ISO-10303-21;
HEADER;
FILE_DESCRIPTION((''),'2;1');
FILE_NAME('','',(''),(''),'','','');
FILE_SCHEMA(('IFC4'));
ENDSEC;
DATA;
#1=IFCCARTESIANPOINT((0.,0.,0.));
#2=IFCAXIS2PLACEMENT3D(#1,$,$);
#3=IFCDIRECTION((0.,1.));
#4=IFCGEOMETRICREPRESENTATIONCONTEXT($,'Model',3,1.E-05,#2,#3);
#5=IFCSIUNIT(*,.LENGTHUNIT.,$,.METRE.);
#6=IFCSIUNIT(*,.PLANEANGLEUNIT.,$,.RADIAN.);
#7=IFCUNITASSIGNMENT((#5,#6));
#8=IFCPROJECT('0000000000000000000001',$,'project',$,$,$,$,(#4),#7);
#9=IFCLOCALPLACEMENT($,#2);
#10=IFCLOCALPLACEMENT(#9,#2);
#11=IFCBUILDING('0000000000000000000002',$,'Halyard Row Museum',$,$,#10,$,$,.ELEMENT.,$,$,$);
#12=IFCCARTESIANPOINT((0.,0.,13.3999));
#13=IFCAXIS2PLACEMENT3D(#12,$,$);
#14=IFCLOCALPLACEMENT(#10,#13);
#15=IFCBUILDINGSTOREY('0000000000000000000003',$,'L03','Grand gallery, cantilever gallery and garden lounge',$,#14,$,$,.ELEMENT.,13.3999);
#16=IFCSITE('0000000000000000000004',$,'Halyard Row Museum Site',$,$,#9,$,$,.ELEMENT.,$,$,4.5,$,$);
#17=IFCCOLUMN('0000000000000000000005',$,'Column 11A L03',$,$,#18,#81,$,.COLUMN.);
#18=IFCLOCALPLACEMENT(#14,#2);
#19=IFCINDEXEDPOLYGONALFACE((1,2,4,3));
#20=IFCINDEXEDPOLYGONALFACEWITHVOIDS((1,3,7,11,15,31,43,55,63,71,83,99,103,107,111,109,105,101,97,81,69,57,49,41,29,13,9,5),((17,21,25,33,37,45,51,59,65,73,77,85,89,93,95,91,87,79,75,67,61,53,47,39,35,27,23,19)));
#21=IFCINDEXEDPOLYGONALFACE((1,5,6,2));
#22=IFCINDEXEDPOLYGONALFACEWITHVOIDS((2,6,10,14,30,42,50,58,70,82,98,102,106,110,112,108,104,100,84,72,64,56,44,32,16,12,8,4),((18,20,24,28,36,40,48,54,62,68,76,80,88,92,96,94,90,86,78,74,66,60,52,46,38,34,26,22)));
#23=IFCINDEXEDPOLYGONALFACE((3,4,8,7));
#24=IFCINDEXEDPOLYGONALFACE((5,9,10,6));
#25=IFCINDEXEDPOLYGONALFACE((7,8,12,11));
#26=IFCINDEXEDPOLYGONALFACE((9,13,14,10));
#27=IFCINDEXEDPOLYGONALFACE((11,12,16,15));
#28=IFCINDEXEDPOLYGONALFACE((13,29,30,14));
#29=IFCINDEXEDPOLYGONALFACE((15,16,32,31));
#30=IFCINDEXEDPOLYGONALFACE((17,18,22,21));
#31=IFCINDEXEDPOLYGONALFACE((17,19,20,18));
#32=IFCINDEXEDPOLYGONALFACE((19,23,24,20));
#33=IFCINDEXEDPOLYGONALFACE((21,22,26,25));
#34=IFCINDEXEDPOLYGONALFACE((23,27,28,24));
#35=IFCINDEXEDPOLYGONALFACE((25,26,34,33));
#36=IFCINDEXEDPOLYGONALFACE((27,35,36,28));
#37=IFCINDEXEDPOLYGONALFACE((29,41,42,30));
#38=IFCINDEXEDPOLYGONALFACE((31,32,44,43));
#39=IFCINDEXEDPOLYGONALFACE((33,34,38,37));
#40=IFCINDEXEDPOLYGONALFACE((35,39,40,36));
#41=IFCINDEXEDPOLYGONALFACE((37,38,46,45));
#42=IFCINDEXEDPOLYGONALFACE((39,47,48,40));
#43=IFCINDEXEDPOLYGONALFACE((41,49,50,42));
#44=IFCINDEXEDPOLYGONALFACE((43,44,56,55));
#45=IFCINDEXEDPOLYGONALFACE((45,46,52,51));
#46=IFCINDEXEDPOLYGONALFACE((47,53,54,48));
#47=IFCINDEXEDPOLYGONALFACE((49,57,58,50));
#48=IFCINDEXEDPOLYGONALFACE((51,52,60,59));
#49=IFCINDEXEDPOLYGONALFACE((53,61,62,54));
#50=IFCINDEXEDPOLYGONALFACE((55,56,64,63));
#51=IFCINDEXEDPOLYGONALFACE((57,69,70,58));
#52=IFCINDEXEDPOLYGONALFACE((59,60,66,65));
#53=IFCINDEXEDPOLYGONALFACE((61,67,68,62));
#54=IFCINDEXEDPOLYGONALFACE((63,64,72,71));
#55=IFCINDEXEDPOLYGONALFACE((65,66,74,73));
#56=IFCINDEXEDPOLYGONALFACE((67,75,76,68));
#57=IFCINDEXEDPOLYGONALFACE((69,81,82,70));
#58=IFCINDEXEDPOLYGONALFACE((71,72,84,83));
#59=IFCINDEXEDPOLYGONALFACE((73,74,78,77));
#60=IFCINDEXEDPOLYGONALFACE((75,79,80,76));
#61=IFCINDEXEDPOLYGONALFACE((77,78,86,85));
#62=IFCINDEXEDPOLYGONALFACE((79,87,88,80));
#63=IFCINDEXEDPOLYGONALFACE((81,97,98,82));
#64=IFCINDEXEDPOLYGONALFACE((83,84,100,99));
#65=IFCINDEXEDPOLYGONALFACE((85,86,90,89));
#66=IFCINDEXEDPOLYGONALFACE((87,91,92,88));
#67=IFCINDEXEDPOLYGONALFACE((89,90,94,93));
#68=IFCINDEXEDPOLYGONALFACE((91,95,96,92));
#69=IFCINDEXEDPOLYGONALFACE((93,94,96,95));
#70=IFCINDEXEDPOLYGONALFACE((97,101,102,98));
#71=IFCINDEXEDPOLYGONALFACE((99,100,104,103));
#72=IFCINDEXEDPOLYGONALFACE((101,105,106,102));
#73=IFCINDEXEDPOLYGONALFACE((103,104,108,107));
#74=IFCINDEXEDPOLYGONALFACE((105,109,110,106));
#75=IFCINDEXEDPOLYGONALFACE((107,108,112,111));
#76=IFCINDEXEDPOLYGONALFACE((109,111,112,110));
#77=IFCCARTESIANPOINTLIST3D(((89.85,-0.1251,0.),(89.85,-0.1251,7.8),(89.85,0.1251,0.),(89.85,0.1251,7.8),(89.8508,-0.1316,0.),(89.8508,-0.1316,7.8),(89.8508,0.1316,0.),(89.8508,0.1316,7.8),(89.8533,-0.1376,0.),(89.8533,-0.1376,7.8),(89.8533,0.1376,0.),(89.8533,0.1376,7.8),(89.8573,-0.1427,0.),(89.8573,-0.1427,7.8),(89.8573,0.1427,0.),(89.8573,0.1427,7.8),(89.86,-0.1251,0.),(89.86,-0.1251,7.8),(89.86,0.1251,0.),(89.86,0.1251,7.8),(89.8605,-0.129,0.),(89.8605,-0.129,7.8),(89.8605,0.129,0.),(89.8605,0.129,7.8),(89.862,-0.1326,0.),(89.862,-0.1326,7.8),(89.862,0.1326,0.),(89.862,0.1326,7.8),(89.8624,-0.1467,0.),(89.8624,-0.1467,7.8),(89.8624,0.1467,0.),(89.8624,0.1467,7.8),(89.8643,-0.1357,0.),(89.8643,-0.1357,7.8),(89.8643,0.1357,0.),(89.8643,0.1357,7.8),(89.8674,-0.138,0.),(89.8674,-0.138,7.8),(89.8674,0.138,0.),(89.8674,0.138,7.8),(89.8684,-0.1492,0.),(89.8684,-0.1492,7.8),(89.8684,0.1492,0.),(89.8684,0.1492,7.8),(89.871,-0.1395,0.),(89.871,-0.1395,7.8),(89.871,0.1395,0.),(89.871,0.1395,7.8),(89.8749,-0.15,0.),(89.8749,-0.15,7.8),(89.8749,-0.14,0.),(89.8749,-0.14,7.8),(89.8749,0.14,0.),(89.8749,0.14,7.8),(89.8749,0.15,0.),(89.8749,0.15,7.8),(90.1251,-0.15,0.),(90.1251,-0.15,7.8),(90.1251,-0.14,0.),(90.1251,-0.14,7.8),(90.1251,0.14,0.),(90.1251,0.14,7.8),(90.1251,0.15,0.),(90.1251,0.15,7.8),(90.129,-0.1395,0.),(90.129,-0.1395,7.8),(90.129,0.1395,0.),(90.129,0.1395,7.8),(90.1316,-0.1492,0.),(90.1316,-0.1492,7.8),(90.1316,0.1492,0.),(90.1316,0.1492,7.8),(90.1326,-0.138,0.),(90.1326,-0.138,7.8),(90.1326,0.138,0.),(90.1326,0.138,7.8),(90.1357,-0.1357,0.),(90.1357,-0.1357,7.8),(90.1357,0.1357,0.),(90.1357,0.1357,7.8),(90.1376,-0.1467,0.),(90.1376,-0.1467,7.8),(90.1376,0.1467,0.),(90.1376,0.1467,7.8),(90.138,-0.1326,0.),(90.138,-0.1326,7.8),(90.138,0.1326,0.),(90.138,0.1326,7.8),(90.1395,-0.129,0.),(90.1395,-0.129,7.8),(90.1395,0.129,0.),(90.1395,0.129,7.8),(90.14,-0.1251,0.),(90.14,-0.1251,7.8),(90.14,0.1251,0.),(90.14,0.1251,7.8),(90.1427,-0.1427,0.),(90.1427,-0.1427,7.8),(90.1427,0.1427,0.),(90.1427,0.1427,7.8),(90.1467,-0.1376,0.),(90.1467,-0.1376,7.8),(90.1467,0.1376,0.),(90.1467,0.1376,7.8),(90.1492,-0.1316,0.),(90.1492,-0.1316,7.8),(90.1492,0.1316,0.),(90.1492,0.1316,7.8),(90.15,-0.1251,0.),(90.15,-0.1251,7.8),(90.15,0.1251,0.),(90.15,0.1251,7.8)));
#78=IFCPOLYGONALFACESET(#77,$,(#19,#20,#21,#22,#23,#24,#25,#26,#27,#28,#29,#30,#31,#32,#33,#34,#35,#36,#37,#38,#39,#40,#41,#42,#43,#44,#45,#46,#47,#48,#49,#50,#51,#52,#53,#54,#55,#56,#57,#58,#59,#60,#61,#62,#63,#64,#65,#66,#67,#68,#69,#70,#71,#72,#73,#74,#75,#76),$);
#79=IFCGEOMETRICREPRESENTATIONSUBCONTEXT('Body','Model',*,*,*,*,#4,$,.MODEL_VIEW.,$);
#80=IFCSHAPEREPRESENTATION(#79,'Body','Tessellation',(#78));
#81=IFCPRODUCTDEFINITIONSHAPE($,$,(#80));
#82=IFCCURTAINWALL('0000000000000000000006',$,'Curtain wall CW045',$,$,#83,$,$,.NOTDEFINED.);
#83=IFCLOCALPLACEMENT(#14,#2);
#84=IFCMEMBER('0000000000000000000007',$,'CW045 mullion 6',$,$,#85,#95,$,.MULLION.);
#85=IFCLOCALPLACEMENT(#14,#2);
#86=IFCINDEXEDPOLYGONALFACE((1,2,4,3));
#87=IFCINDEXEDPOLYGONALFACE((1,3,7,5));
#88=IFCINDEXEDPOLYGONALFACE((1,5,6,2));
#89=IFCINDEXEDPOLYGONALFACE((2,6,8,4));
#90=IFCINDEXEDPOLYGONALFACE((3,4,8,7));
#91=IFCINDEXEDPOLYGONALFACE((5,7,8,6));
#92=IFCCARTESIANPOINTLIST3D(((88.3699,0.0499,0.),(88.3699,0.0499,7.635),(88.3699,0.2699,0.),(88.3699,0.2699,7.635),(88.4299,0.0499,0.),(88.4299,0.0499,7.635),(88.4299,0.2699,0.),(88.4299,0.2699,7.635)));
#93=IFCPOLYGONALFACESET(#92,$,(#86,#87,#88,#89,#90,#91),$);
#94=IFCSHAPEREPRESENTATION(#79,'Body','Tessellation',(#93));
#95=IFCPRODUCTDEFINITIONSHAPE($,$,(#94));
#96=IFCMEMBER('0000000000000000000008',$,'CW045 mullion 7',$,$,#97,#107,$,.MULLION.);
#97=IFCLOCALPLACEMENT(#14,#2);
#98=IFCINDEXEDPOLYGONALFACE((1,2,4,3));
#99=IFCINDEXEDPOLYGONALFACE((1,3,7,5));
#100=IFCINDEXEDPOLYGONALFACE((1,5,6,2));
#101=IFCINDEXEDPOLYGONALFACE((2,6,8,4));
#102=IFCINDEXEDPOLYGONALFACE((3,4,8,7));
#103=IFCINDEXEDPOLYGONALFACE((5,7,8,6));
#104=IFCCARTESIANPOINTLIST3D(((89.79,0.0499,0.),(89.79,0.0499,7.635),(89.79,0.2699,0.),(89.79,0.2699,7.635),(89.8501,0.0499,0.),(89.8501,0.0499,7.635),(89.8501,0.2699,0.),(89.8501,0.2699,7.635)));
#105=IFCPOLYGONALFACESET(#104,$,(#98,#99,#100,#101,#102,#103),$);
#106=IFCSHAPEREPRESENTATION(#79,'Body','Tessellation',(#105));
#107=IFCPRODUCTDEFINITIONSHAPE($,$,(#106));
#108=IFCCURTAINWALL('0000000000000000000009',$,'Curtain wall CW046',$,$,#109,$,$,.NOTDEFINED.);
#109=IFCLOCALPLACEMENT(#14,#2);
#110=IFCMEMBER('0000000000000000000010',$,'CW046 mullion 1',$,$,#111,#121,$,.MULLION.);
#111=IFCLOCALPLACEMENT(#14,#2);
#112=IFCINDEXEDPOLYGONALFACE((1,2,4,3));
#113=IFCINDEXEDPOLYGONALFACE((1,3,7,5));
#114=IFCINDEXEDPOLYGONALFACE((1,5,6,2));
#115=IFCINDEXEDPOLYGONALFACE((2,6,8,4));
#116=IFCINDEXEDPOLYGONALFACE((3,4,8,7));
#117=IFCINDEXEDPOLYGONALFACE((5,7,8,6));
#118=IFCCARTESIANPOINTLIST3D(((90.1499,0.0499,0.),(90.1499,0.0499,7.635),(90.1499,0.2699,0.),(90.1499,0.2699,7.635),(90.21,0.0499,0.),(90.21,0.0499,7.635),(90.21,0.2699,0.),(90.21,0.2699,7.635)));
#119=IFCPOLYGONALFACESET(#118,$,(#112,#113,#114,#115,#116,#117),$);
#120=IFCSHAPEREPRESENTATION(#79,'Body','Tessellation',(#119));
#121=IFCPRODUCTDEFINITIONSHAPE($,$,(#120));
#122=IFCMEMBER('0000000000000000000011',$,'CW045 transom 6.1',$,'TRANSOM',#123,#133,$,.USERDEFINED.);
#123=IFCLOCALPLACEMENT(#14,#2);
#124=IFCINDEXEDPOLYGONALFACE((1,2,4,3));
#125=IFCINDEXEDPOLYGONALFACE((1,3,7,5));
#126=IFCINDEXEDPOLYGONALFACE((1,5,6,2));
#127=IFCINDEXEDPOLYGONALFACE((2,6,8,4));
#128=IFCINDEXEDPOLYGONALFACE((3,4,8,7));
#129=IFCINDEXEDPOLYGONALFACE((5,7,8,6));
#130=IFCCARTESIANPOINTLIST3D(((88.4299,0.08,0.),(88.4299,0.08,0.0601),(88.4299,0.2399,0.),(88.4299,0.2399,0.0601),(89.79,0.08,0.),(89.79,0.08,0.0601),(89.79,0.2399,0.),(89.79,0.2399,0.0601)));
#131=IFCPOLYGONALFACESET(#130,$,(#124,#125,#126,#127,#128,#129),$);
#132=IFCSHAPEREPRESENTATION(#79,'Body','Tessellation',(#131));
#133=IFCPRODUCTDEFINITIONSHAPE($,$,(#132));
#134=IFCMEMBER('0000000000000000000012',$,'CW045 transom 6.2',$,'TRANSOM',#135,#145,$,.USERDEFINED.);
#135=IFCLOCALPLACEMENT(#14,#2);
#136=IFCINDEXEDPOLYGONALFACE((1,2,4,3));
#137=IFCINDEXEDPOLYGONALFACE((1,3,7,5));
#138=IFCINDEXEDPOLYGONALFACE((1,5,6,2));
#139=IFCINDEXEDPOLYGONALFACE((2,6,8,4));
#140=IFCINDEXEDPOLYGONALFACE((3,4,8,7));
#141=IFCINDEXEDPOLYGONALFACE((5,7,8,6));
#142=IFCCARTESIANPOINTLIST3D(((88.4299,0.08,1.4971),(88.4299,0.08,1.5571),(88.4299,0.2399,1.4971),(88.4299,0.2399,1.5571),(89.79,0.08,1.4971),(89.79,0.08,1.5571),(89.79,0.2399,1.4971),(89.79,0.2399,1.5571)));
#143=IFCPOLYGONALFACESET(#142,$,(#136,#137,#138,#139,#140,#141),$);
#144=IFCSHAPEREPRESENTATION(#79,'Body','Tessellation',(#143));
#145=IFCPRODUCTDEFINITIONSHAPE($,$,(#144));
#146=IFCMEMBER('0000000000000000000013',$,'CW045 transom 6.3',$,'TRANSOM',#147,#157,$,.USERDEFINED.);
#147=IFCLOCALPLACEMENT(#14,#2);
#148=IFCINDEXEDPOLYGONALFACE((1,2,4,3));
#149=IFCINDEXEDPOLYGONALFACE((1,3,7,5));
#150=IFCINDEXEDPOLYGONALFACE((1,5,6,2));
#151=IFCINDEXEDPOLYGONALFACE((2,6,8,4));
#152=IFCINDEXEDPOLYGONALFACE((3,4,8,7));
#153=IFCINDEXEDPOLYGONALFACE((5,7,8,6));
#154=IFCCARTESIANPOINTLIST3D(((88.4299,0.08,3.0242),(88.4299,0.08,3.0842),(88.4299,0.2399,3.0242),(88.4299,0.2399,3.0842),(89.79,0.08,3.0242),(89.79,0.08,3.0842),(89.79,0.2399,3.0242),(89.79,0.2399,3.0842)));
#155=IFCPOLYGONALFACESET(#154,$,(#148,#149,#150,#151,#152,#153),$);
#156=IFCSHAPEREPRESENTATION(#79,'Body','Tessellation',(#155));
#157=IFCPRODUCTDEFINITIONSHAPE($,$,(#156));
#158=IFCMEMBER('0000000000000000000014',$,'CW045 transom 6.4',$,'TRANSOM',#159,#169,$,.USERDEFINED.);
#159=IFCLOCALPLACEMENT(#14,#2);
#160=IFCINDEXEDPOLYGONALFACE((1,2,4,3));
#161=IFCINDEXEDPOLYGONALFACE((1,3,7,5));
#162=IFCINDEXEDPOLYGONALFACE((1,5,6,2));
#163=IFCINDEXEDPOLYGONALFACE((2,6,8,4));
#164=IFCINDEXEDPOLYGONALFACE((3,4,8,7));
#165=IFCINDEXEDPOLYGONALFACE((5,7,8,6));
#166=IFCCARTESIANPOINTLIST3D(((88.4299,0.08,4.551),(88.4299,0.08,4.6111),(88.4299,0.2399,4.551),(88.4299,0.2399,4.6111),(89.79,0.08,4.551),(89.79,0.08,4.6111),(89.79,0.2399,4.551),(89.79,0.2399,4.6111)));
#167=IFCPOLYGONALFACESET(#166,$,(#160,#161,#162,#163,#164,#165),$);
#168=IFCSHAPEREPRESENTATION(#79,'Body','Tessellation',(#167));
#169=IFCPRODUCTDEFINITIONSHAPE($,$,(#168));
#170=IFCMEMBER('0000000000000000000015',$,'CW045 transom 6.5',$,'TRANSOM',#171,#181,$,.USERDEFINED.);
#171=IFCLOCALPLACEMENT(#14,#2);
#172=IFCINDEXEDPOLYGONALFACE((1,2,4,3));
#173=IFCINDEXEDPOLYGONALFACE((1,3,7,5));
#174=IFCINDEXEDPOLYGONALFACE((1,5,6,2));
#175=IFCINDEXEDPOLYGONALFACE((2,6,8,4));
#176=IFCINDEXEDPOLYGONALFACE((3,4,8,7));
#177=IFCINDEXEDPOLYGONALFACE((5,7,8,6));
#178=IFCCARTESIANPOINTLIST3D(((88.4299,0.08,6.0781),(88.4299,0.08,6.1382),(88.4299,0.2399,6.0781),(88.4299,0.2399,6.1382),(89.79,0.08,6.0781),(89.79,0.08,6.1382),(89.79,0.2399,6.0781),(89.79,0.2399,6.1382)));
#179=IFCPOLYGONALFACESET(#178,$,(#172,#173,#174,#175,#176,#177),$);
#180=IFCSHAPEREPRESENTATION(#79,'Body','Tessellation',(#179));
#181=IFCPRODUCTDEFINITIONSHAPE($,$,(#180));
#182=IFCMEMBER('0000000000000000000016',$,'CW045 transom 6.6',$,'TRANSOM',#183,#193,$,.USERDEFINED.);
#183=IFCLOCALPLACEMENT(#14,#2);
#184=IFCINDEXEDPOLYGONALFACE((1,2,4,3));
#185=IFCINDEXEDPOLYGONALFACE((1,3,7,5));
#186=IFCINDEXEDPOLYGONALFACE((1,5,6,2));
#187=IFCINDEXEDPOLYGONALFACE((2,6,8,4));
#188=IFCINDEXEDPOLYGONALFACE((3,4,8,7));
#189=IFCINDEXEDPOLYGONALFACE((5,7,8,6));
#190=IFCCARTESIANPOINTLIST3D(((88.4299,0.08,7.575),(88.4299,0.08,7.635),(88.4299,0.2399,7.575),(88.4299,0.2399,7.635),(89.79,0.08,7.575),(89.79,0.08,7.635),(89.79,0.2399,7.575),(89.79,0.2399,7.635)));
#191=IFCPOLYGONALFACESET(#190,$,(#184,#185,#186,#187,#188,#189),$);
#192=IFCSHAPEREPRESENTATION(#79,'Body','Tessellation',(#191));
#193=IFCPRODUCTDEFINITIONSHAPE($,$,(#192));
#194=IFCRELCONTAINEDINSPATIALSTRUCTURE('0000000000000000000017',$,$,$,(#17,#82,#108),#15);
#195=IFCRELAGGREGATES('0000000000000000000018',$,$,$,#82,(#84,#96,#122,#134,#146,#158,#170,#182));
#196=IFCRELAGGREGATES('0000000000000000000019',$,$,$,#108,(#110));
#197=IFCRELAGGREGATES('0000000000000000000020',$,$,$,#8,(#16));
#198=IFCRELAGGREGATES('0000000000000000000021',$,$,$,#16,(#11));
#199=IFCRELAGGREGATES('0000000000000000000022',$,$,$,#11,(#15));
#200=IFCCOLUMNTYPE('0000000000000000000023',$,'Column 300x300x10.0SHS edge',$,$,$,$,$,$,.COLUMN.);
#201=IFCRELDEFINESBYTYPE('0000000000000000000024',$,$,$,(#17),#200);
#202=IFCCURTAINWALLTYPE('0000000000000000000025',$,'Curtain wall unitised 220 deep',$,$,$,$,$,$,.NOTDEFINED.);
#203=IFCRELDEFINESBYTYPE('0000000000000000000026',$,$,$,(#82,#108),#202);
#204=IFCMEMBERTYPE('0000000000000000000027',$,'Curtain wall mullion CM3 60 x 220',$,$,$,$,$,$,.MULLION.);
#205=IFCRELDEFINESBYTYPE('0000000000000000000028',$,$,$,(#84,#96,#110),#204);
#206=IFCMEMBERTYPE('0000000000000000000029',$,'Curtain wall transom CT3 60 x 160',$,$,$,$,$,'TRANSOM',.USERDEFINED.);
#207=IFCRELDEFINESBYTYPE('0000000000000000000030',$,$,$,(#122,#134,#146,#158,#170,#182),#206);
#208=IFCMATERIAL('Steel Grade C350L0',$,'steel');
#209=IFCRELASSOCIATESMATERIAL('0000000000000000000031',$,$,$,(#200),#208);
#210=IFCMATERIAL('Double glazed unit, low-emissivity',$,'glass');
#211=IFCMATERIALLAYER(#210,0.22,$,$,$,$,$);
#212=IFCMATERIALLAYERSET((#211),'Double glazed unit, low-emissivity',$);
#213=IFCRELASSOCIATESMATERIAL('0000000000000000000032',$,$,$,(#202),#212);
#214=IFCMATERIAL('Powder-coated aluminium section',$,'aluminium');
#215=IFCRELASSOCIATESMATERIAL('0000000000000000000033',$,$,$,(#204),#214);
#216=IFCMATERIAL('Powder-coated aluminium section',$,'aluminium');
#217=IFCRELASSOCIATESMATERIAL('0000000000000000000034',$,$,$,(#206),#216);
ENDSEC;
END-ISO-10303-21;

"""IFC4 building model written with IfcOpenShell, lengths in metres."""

from ifc_helpers import new_model, si_unit, direction, frame, origin, origin_2d, place, context, subcontext, project, spatial, rectangle, hollow_rectangle, extrude, material, layer, layer_set, material_profile, profile_set, type_object, element, aggregate, save


model = new_model("IFC4")

# Units and contexts
model_context = context("Model", 3, precision=1e-05, world=origin(), true_north=direction((0.0, 1.0)))
body_context = subcontext(model_context, "Body", "Model", "MODEL_VIEW")
ifc_project = project(units=[si_unit("LENGTHUNIT", "METRE"), si_unit("PLANEANGLEUNIT", "RADIAN")], contexts=[model_context])

# Site, building, storey
site_placement = place(None, origin())
site = spatial("IfcSite", under=ifc_project, at=site_placement, Name="Halyard Row Museum Site", CompositionType="ELEMENT", RefElevation=4.5)
building_placement = place(site_placement, origin())
building = spatial("IfcBuilding", under=site, at=building_placement, Name="Halyard Row Museum", CompositionType="ELEMENT")
storey_placement = place(building_placement, frame((0.0, 0.0, 13.3999)))
storey = spatial("IfcBuildingStorey", under=building, at=storey_placement, Name="L03", Description="Grand gallery, cantilever gallery and garden lounge", CompositionType="ELEMENT", Elevation=13.3999)

# Column
ifc_material_1 = material(Name="Steel Grade C350L0", Category="steel")
ifc_material_profile_1 = material_profile(ifc_material_1, hollow_rectangle(XDim=0.3, YDim=0.3, WallThickness=0.01, InnerFilletRadius=0.0149, OuterFilletRadius=0.0249, at=origin_2d()), Name="300x300x10.0SHS")
ifc_profile_set_1 = profile_set([ifc_material_profile_1], Name="Steel Grade C350L0")
column_type = type_object("IfcColumnType", Name="Column 300x300x10.0SHS edge", PredefinedType="COLUMN", material=ifc_profile_set_1)
column_placement = place(storey_placement, frame((90.0, 0.0, 0.0), z_axis=(0.0, 0.0, 1.0), x_axis=(1.0, 0.0, 0.0)))
element("IfcColumn", 1, at=column_placement, inside=storey, type_object=column_type, Name="Column 11A L03", PredefinedType="COLUMN", context=body_context, shape_type="SweptSolid", body=[
    extrude(hollow_rectangle(XDim=0.3, YDim=0.3, WallThickness=0.01, InnerFilletRadius=0.0149, OuterFilletRadius=0.0249, at=origin_2d()), origin(), (0.0, 0.0, 1.0), 7.8),
])

# Curtain wall, members
ifc_material_2 = material(Name="Double glazed unit, low-emissivity", Category="glass")
ifc_layer_1 = layer(ifc_material_2, 0.22)
ifc_layer_set_1 = layer_set([ifc_layer_1], Name="Double glazed unit, low-emissivity")
curtain_wall_type = type_object("IfcCurtainWallType", Name="Curtain wall unitised 220 deep", PredefinedType="NOTDEFINED", material=ifc_layer_set_1)
curtain_wall_1_placement = place(storey_placement, origin())
curtain_wall_1 = element("IfcCurtainWall", 2, at=curtain_wall_1_placement, inside=storey, type_object=curtain_wall_type, Name="Curtain wall CW045", PredefinedType="NOTDEFINED")
ifc_material_3 = material(Name="Powder-coated aluminium section", Category="aluminium")
ifc_material_profile_2 = material_profile(ifc_material_3, rectangle(XDim=0.22, YDim=0.0601, at=origin_2d()), Name="220x60 mullion")
ifc_profile_set_2 = profile_set([ifc_material_profile_2], Name="Powder-coated aluminium section")
member_type_1 = type_object("IfcMemberType", Name="Curtain wall mullion CM3 60 x 220", PredefinedType="MULLION", material=ifc_profile_set_2)
member_1_placement = place(storey_placement, frame((88.3999, 0.1599, 0.0), z_axis=(0.0, 0.0, 1.0), x_axis=(0.0, 1.0, 0.0)))
member_1 = element("IfcMember", 3, at=member_1_placement, type_object=member_type_1, Name="CW045 mullion 6", PredefinedType="MULLION", context=body_context, shape_type="SweptSolid", body=[
    extrude(rectangle(XDim=0.22, YDim=0.0601, at=origin_2d()), origin(), (0.0, 0.0, 1.0), 7.635),
])
member_2_placement = place(storey_placement, frame((89.8201, 0.1599, 0.0), z_axis=(0.0, 0.0, 1.0), x_axis=(0.0, 1.0, 0.0)))
member_2 = element("IfcMember", 4, at=member_2_placement, type_object=member_type_1, Name="CW045 mullion 7", PredefinedType="MULLION", context=body_context, shape_type="SweptSolid", body=[
    extrude(rectangle(XDim=0.22, YDim=0.0601, at=origin_2d()), origin(), (0.0, 0.0, 1.0), 7.635),
])

# Curtain wall, member
curtain_wall_2_placement = place(storey_placement, origin())
curtain_wall_2 = element("IfcCurtainWall", 5, at=curtain_wall_2_placement, inside=storey, type_object=curtain_wall_type, Name="Curtain wall CW046", PredefinedType="NOTDEFINED")
member_3_placement = place(storey_placement, frame((90.1799, 0.1599, 0.0), z_axis=(0.0, 0.0, 1.0), x_axis=(0.0, 1.0, 0.0)))
member_3 = element("IfcMember", 6, at=member_3_placement, type_object=member_type_1, Name="CW046 mullion 1", PredefinedType="MULLION", context=body_context, shape_type="SweptSolid", body=[
    extrude(rectangle(XDim=0.22, YDim=0.0601, at=origin_2d()), origin(), (0.0, 0.0, 1.0), 7.635),
])

# Members
ifc_material_4 = material(Name="Powder-coated aluminium section", Category="aluminium")
ifc_material_profile_3 = material_profile(ifc_material_4, rectangle(XDim=0.1599, YDim=0.0601, at=origin_2d()), Name="160x60 transom")
ifc_profile_set_3 = profile_set([ifc_material_profile_3], Name="Powder-coated aluminium section")
member_type_2 = type_object("IfcMemberType", Name="Curtain wall transom CT3 60 x 160", ElementType="TRANSOM", PredefinedType="USERDEFINED", material=ifc_profile_set_3)
member_4_placement = place(storey_placement, frame((88.4299, 0.1599, 0.03), z_axis=(1.0, 0.0, 0.0), x_axis=(0.0, 1.0, 0.0)))
member_4 = element("IfcMember", 7, at=member_4_placement, type_object=member_type_2, Name="CW045 transom 6.1", ObjectType="TRANSOM", PredefinedType="USERDEFINED", context=body_context, shape_type="SweptSolid", body=[
    extrude(rectangle(XDim=0.1599, YDim=0.0601, at=origin_2d()), origin(), (0.0, 0.0, 1.0), 1.3601),
])
member_5_placement = place(storey_placement, frame((88.4299, 0.1599, 1.5271), z_axis=(1.0, 0.0, 0.0), x_axis=(0.0, 1.0, 0.0)))
member_5 = element("IfcMember", 8, at=member_5_placement, type_object=member_type_2, Name="CW045 transom 6.2", ObjectType="TRANSOM", PredefinedType="USERDEFINED", context=body_context, shape_type="SweptSolid", body=[
    extrude(rectangle(XDim=0.1599, YDim=0.0601, at=origin_2d()), origin(), (0.0, 0.0, 1.0), 1.3601),
])
member_6_placement = place(storey_placement, frame((88.4299, 0.1599, 3.0542), z_axis=(1.0, 0.0, 0.0), x_axis=(0.0, 1.0, 0.0)))
member_6 = element("IfcMember", 9, at=member_6_placement, type_object=member_type_2, Name="CW045 transom 6.3", ObjectType="TRANSOM", PredefinedType="USERDEFINED", context=body_context, shape_type="SweptSolid", body=[
    extrude(rectangle(XDim=0.1599, YDim=0.0601, at=origin_2d()), origin(), (0.0, 0.0, 1.0), 1.3601),
])
member_7_placement = place(storey_placement, frame((88.4299, 0.1599, 4.5811), z_axis=(1.0, 0.0, 0.0), x_axis=(0.0, 1.0, 0.0)))
member_7 = element("IfcMember", 10, at=member_7_placement, type_object=member_type_2, Name="CW045 transom 6.4", ObjectType="TRANSOM", PredefinedType="USERDEFINED", context=body_context, shape_type="SweptSolid", body=[
    extrude(rectangle(XDim=0.1599, YDim=0.0601, at=origin_2d()), origin(), (0.0, 0.0, 1.0), 1.3601),
])
member_8_placement = place(storey_placement, frame((88.4299, 0.1599, 6.1082), z_axis=(1.0, 0.0, 0.0), x_axis=(0.0, 1.0, 0.0)))
member_8 = element("IfcMember", 11, at=member_8_placement, type_object=member_type_2, Name="CW045 transom 6.5", ObjectType="TRANSOM", PredefinedType="USERDEFINED", context=body_context, shape_type="SweptSolid", body=[
    extrude(rectangle(XDim=0.1599, YDim=0.0601, at=origin_2d()), origin(), (0.0, 0.0, 1.0), 1.3601),
])
member_9_placement = place(storey_placement, frame((88.4299, 0.1599, 7.605), z_axis=(1.0, 0.0, 0.0), x_axis=(0.0, 1.0, 0.0)))
member_9 = element("IfcMember", 12, at=member_9_placement, type_object=member_type_2, Name="CW045 transom 6.6", ObjectType="TRANSOM", PredefinedType="USERDEFINED", context=body_context, shape_type="SweptSolid", body=[
    extrude(rectangle(XDim=0.1599, YDim=0.0601, at=origin_2d()), origin(), (0.0, 0.0, 1.0), 1.3601),
])

aggregate(curtain_wall_1, [member_1, member_2, member_4, member_5, member_6, member_7, member_8, member_9])
aggregate(curtain_wall_2, [member_3])

save(model, "model.ifc")
